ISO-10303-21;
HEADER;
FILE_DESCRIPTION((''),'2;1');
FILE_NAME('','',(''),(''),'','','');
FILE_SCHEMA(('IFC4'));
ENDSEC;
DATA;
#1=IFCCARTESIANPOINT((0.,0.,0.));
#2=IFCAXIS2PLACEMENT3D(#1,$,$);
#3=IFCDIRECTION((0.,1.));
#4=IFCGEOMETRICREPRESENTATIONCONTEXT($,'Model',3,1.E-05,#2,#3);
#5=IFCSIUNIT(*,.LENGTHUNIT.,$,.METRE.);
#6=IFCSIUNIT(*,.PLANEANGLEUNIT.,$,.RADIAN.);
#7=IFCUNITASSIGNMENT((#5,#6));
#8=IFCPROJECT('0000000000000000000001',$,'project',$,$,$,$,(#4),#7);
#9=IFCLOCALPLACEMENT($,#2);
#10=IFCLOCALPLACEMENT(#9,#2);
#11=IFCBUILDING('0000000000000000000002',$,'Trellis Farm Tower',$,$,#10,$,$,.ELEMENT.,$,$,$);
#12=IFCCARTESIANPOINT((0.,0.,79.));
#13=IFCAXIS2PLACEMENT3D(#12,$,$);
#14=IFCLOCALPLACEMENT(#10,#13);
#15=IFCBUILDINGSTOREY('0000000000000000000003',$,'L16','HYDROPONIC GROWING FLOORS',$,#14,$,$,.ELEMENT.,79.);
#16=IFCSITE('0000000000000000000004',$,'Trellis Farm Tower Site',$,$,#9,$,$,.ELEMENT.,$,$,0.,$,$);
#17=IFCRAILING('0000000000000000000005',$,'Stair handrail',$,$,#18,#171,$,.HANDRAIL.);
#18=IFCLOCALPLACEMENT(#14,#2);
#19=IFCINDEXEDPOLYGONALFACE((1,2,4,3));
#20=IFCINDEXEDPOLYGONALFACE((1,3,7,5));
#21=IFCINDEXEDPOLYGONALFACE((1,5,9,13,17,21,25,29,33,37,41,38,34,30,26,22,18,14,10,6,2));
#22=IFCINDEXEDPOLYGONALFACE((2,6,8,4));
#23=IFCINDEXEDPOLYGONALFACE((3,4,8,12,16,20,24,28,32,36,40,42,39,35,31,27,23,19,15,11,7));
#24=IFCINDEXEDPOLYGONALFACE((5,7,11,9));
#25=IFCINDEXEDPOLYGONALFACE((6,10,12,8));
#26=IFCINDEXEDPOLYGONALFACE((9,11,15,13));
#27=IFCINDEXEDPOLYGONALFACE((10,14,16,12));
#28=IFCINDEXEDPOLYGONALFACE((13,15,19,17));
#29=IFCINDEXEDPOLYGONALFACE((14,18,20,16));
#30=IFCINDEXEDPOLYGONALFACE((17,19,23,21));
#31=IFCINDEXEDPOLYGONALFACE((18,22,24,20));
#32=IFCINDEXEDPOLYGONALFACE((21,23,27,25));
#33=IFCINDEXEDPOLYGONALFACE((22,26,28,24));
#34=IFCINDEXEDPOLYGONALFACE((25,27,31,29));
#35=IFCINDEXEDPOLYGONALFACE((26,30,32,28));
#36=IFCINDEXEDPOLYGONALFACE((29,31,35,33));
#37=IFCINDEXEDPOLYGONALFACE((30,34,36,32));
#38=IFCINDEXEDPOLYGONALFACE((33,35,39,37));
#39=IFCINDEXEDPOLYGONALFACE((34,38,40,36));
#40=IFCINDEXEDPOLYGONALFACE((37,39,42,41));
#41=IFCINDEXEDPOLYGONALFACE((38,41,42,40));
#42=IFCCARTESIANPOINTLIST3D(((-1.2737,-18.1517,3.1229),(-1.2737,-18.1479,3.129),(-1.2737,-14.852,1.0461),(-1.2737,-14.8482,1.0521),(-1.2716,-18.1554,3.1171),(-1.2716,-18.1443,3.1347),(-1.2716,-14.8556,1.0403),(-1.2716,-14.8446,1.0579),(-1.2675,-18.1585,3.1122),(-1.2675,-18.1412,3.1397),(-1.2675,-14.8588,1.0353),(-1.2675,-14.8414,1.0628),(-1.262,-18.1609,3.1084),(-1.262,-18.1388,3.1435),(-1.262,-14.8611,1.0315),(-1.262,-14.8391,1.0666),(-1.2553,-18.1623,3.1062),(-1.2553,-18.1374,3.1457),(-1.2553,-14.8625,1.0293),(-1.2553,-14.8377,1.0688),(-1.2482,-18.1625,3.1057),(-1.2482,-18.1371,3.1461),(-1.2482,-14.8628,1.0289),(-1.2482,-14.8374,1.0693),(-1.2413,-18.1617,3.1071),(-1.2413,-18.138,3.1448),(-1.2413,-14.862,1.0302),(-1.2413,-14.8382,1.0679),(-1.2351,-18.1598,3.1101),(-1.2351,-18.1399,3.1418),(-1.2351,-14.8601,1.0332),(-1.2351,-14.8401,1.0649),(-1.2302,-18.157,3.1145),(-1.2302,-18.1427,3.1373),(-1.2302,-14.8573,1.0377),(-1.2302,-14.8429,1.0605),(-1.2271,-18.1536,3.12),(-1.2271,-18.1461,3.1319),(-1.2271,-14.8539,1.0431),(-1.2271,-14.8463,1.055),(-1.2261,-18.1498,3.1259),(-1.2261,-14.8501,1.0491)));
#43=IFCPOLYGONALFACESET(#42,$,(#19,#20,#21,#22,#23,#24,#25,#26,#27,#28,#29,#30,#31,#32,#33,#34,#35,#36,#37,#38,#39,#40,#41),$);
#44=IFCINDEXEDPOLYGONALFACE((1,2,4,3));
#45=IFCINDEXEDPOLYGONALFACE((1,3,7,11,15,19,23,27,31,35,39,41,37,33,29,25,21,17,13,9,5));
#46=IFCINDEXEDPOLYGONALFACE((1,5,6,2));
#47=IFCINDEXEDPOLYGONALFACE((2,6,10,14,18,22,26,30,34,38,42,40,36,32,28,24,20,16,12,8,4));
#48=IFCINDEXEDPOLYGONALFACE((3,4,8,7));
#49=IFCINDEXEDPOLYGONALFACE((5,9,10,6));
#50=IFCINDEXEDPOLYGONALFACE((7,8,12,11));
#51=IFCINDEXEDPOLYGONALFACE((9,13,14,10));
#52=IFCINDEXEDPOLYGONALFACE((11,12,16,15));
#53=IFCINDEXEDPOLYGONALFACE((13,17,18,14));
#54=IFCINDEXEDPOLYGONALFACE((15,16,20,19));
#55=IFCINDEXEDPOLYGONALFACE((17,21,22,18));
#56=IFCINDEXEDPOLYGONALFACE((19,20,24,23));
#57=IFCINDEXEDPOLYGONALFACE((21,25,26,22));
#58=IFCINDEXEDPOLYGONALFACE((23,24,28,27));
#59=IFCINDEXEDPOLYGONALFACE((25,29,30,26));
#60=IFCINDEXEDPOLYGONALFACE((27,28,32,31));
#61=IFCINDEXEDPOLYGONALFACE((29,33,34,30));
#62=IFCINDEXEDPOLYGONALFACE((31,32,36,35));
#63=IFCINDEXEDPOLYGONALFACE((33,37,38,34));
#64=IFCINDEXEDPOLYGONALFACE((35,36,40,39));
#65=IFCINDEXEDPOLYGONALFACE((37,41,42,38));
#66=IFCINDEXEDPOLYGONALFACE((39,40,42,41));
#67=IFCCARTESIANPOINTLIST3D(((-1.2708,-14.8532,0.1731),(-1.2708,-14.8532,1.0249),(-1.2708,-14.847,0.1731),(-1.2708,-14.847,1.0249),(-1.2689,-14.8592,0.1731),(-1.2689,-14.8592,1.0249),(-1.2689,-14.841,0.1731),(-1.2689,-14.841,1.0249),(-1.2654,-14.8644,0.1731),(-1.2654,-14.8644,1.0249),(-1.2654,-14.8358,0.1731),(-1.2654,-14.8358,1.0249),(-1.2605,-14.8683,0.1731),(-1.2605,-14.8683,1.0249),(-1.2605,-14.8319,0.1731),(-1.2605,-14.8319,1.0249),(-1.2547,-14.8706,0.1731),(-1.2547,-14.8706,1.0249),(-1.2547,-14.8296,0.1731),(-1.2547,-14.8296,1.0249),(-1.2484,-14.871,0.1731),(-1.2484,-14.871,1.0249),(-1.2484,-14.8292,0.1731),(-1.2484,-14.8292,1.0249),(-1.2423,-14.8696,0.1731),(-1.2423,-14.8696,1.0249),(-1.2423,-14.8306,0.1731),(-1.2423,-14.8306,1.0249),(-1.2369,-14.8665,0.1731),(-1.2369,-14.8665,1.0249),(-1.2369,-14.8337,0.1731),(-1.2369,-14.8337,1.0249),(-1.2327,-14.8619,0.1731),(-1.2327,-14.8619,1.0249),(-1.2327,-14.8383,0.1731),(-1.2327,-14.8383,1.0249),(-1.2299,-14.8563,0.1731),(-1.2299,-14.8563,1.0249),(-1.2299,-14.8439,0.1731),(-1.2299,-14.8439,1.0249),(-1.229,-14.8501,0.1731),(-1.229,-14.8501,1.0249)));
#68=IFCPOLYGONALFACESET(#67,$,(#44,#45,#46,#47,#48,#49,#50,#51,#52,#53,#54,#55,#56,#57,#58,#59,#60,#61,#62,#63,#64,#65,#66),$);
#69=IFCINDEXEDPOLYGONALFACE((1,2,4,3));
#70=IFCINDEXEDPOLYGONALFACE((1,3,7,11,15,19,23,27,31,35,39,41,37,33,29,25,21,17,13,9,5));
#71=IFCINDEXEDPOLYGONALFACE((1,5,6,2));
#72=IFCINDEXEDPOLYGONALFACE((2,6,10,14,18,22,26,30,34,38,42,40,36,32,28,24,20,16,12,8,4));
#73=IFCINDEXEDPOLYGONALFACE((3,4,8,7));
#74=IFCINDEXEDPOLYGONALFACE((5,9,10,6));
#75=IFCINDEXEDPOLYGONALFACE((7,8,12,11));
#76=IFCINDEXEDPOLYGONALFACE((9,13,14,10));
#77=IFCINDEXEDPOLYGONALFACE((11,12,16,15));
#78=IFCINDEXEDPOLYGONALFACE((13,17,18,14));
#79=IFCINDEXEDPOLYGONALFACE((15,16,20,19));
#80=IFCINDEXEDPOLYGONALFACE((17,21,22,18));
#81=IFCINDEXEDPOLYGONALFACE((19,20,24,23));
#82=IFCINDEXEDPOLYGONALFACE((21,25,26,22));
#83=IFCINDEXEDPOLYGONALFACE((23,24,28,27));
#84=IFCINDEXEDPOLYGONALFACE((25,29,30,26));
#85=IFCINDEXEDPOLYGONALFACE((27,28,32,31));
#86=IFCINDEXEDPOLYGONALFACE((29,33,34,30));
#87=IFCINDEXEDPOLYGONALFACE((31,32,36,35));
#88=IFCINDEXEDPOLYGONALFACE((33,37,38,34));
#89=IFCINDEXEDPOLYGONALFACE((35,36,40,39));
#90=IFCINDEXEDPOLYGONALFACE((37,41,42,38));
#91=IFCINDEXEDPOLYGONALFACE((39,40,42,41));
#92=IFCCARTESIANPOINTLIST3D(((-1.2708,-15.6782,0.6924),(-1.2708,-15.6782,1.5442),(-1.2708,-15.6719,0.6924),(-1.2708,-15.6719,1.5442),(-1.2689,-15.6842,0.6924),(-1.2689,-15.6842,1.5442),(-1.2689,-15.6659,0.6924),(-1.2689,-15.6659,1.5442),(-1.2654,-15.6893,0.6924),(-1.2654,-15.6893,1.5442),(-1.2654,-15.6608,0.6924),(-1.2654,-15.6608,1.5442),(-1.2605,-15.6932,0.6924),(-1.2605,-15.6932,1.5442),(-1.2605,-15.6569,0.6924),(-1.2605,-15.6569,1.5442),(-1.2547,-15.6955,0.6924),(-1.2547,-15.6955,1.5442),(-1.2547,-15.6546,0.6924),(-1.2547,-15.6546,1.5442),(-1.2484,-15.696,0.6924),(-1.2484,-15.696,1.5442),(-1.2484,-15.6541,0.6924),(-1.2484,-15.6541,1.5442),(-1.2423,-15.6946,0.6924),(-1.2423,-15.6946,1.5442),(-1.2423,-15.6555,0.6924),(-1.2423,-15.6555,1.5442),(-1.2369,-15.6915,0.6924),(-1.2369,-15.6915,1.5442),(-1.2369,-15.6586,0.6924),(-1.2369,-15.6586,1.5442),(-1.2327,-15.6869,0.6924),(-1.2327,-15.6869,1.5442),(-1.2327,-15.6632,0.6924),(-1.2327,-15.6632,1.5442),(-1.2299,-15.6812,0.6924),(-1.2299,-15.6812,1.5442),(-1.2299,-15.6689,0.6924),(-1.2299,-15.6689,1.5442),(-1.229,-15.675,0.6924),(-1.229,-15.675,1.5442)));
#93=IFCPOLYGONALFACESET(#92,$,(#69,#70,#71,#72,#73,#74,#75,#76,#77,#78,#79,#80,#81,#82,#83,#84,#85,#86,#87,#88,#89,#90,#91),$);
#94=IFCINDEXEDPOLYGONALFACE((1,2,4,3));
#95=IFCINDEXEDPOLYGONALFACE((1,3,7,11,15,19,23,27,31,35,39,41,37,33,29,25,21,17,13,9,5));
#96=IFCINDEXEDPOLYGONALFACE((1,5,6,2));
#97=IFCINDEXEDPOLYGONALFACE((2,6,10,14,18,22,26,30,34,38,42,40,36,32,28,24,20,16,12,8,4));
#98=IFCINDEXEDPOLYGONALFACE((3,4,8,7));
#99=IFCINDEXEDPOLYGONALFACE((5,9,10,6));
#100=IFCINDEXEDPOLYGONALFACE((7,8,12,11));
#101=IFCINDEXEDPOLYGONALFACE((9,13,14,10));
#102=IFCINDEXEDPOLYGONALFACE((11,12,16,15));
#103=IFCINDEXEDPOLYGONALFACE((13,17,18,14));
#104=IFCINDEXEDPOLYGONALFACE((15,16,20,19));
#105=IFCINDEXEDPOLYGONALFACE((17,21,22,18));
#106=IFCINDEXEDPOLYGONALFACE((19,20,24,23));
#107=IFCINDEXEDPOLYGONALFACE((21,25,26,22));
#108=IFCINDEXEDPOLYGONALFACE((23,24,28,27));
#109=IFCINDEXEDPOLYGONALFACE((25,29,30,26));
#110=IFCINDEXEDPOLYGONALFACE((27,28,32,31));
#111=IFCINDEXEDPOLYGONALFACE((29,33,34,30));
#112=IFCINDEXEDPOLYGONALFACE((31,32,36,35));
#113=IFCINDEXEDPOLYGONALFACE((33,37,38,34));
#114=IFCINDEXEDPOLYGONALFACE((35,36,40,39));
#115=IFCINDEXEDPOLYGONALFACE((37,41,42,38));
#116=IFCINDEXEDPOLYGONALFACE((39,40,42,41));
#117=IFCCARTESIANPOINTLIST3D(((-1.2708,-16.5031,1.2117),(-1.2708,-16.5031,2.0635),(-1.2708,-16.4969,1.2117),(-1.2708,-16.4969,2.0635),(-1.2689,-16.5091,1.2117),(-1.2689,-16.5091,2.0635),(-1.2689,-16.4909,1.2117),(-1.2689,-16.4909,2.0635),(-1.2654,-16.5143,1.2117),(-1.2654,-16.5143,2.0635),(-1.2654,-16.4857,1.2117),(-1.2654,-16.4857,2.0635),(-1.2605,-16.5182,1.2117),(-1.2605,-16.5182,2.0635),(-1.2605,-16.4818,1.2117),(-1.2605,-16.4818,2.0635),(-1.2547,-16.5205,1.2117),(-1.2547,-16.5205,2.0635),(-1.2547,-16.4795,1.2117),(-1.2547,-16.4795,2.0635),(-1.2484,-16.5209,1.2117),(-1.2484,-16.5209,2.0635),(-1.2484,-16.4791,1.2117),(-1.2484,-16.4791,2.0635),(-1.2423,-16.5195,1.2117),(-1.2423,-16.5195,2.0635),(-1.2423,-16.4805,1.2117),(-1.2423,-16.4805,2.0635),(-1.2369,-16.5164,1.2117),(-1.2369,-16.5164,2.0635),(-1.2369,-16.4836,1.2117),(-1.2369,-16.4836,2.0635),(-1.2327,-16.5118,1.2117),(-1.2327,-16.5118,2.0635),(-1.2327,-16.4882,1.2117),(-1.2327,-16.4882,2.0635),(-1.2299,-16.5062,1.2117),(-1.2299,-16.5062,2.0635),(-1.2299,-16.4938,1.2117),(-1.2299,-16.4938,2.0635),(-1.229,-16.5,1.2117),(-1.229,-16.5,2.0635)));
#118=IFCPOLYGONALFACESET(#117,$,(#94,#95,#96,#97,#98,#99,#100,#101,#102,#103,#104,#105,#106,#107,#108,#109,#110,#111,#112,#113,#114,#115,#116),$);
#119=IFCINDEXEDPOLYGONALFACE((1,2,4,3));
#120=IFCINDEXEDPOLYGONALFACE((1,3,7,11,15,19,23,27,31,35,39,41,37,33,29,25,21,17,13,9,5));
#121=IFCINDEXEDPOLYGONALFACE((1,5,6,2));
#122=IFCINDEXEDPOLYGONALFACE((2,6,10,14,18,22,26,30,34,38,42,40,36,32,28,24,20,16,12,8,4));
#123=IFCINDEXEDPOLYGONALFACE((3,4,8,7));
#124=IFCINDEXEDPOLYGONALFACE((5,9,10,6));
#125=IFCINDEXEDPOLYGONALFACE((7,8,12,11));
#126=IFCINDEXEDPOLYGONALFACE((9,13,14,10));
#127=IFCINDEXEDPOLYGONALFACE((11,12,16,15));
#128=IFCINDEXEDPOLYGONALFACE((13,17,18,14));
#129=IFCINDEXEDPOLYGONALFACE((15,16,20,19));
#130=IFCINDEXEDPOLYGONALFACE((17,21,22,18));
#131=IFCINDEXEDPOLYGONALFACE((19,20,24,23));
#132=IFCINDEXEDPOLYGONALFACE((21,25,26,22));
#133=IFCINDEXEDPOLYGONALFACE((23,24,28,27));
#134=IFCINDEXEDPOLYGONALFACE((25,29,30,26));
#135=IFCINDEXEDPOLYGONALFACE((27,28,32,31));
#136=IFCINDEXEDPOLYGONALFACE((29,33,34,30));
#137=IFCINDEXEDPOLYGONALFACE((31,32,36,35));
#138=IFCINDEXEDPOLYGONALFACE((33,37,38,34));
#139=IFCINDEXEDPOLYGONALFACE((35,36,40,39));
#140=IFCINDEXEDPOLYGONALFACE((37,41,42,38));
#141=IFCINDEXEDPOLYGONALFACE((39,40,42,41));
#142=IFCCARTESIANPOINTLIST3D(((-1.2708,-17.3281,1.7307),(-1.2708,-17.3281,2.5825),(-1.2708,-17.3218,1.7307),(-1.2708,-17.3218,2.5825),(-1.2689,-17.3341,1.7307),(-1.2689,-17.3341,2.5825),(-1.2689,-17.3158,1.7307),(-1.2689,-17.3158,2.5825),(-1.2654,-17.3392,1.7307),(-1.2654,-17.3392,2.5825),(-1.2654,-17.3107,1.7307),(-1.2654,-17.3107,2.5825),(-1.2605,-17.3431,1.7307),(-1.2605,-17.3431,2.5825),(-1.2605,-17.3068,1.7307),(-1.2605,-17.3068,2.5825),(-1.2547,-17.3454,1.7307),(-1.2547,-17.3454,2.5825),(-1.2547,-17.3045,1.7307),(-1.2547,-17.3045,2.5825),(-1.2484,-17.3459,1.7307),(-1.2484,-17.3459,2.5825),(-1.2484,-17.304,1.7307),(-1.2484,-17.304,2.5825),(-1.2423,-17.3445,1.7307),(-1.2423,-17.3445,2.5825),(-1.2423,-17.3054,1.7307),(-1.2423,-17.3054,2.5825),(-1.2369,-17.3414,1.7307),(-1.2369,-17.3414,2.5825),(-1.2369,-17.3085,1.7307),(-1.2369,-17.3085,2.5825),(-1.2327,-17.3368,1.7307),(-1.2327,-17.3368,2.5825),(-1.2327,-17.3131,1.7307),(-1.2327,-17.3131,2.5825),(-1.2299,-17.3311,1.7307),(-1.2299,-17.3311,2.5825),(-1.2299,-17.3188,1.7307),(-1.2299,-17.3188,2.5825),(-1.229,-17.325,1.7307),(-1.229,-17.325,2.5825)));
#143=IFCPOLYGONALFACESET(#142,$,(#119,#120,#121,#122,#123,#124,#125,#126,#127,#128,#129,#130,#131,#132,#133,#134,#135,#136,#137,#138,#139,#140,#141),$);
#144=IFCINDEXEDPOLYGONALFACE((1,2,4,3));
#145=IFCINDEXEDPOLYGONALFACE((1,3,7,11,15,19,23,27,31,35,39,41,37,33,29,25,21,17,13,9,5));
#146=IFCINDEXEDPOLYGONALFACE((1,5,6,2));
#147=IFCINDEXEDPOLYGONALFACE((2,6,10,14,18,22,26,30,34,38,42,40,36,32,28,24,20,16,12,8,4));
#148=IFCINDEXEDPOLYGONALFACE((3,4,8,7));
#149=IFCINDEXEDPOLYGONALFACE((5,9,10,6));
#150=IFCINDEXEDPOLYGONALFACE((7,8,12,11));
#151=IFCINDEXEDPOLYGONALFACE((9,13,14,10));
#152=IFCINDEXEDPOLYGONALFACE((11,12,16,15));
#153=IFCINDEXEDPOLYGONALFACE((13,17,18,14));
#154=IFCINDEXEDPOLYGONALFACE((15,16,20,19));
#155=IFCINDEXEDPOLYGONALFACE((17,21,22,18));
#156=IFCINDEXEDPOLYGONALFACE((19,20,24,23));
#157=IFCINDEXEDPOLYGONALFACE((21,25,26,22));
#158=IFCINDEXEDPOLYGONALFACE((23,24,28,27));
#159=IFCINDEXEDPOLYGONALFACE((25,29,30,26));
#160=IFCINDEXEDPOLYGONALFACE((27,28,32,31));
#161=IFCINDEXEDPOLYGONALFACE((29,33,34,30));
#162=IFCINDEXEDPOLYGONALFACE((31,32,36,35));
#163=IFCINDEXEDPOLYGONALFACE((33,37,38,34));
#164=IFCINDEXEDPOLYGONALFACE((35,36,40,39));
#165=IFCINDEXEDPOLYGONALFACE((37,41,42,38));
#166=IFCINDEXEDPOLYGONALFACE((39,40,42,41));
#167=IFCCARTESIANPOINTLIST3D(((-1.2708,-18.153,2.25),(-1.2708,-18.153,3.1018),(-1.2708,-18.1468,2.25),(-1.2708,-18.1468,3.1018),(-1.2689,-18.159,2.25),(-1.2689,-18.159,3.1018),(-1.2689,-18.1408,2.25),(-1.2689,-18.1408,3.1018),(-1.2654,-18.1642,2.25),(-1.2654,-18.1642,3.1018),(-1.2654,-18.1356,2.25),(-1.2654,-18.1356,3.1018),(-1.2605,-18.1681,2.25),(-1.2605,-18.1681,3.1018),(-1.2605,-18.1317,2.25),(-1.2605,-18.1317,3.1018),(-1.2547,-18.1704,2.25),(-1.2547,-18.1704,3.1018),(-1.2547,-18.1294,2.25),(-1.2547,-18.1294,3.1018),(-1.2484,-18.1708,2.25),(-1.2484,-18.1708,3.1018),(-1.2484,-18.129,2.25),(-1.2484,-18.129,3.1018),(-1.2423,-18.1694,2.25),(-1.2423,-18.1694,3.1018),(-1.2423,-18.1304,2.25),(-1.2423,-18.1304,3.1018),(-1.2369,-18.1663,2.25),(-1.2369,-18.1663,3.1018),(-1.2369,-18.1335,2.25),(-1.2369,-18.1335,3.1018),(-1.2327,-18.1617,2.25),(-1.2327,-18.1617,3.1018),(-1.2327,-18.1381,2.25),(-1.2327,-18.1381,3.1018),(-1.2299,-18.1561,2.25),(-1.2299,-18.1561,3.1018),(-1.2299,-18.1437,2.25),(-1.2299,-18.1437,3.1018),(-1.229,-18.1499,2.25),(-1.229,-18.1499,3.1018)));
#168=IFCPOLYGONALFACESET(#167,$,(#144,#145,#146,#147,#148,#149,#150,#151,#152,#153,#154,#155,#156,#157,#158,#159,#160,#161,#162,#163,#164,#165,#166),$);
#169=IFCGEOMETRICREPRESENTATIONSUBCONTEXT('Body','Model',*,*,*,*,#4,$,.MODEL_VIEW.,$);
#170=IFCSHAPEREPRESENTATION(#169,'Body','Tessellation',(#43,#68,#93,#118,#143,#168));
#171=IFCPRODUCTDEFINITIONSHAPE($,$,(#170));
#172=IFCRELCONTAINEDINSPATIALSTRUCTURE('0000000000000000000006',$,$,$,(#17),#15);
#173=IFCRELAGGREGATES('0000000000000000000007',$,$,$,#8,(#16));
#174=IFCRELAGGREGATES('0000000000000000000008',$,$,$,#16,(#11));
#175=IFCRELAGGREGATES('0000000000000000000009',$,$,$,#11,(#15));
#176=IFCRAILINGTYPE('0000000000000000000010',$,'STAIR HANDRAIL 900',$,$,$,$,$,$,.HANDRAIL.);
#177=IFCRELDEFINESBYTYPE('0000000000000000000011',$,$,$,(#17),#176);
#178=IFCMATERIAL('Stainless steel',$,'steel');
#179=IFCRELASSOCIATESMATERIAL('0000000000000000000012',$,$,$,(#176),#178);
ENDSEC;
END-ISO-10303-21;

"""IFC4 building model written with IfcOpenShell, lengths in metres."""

from ifc_helpers import new_model, si_unit, direction, frame, origin, origin_2d, place, context, subcontext, project, spatial, circle, extrude, source, transform, mapped, material, type_object, element, save


model = new_model("IFC4")

# Units and contexts
model_context = context("Model", 3, precision=1e-05, world=origin(), true_north=direction((0.0, 1.0)))
body_context = subcontext(model_context, "Body", "Model", "MODEL_VIEW")
ifc_project = project(units=[si_unit("LENGTHUNIT", "METRE"), si_unit("PLANEANGLEUNIT", "RADIAN")], contexts=[model_context])

# Site, building, storey
site_placement = place(None, origin())
site = spatial("IfcSite", under=ifc_project, at=site_placement, Name="Trellis Farm Tower Site", CompositionType="ELEMENT", RefElevation=0.0)
building_placement = place(site_placement, origin())
building = spatial("IfcBuilding", under=site, at=building_placement, Name="Trellis Farm Tower", CompositionType="ELEMENT")
storey_placement = place(building_placement, frame((0.0, 0.0, 79.0)))
storey = spatial("IfcBuildingStorey", under=building, at=storey_placement, Name="L16", Description="HYDROPONIC GROWING FLOORS", CompositionType="ELEMENT", Elevation=79.0)

# Railing
ifc_material_1 = material(Name="Stainless steel", Category="steel")
railing_type = type_object("IfcRailingType", Name="STAIR HANDRAIL 900", PredefinedType="HANDRAIL", material=ifc_material_1)
shared_shape_1 = source(origin(), body_context, "Body", "SweptSolid", [
    extrude(circle(Radius=0.0239, at=origin_2d()), frame((0.0, 0.0, 0.876), z_axis=(0.0, -0.84632, 0.532675), x_axis=(1.0, 0.0, 0.0)), (0.0, 0.0, 1.0), 3.8989),
    extrude(circle(Radius=0.021, at=origin_2d()), origin(), (0.0, 0.0, 1.0), 0.8518),
    extrude(circle(Radius=0.021, at=origin_2d()), frame((0.0, -0.825, 0.5193)), (0.0, 0.0, 1.0), 0.8518),
    extrude(circle(Radius=0.021, at=origin_2d()), frame((0.0, -1.6499, 1.0386)), (0.0, 0.0, 1.0), 0.8518),
    extrude(circle(Radius=0.021, at=origin_2d()), frame((0.0, -2.4749, 1.5576)), (0.0, 0.0, 1.0), 0.8518),
    extrude(circle(Radius=0.021, at=origin_2d()), frame((0.0, -3.2998, 2.0769)), (0.0, 0.0, 1.0), 0.8518),
])
railing_placement = place(storey_placement, frame((-1.25, -14.8501, 0.1731)))
element("IfcRailing", 1, at=railing_placement, inside=storey, type_object=railing_type, Name="Stair handrail", PredefinedType="HANDRAIL", context=body_context, shape_type="MappedRepresentation", body=[
    mapped(shared_shape_1, transform((0.0, 0.0, 0.0))),
])

save(model, "model.ifc")
